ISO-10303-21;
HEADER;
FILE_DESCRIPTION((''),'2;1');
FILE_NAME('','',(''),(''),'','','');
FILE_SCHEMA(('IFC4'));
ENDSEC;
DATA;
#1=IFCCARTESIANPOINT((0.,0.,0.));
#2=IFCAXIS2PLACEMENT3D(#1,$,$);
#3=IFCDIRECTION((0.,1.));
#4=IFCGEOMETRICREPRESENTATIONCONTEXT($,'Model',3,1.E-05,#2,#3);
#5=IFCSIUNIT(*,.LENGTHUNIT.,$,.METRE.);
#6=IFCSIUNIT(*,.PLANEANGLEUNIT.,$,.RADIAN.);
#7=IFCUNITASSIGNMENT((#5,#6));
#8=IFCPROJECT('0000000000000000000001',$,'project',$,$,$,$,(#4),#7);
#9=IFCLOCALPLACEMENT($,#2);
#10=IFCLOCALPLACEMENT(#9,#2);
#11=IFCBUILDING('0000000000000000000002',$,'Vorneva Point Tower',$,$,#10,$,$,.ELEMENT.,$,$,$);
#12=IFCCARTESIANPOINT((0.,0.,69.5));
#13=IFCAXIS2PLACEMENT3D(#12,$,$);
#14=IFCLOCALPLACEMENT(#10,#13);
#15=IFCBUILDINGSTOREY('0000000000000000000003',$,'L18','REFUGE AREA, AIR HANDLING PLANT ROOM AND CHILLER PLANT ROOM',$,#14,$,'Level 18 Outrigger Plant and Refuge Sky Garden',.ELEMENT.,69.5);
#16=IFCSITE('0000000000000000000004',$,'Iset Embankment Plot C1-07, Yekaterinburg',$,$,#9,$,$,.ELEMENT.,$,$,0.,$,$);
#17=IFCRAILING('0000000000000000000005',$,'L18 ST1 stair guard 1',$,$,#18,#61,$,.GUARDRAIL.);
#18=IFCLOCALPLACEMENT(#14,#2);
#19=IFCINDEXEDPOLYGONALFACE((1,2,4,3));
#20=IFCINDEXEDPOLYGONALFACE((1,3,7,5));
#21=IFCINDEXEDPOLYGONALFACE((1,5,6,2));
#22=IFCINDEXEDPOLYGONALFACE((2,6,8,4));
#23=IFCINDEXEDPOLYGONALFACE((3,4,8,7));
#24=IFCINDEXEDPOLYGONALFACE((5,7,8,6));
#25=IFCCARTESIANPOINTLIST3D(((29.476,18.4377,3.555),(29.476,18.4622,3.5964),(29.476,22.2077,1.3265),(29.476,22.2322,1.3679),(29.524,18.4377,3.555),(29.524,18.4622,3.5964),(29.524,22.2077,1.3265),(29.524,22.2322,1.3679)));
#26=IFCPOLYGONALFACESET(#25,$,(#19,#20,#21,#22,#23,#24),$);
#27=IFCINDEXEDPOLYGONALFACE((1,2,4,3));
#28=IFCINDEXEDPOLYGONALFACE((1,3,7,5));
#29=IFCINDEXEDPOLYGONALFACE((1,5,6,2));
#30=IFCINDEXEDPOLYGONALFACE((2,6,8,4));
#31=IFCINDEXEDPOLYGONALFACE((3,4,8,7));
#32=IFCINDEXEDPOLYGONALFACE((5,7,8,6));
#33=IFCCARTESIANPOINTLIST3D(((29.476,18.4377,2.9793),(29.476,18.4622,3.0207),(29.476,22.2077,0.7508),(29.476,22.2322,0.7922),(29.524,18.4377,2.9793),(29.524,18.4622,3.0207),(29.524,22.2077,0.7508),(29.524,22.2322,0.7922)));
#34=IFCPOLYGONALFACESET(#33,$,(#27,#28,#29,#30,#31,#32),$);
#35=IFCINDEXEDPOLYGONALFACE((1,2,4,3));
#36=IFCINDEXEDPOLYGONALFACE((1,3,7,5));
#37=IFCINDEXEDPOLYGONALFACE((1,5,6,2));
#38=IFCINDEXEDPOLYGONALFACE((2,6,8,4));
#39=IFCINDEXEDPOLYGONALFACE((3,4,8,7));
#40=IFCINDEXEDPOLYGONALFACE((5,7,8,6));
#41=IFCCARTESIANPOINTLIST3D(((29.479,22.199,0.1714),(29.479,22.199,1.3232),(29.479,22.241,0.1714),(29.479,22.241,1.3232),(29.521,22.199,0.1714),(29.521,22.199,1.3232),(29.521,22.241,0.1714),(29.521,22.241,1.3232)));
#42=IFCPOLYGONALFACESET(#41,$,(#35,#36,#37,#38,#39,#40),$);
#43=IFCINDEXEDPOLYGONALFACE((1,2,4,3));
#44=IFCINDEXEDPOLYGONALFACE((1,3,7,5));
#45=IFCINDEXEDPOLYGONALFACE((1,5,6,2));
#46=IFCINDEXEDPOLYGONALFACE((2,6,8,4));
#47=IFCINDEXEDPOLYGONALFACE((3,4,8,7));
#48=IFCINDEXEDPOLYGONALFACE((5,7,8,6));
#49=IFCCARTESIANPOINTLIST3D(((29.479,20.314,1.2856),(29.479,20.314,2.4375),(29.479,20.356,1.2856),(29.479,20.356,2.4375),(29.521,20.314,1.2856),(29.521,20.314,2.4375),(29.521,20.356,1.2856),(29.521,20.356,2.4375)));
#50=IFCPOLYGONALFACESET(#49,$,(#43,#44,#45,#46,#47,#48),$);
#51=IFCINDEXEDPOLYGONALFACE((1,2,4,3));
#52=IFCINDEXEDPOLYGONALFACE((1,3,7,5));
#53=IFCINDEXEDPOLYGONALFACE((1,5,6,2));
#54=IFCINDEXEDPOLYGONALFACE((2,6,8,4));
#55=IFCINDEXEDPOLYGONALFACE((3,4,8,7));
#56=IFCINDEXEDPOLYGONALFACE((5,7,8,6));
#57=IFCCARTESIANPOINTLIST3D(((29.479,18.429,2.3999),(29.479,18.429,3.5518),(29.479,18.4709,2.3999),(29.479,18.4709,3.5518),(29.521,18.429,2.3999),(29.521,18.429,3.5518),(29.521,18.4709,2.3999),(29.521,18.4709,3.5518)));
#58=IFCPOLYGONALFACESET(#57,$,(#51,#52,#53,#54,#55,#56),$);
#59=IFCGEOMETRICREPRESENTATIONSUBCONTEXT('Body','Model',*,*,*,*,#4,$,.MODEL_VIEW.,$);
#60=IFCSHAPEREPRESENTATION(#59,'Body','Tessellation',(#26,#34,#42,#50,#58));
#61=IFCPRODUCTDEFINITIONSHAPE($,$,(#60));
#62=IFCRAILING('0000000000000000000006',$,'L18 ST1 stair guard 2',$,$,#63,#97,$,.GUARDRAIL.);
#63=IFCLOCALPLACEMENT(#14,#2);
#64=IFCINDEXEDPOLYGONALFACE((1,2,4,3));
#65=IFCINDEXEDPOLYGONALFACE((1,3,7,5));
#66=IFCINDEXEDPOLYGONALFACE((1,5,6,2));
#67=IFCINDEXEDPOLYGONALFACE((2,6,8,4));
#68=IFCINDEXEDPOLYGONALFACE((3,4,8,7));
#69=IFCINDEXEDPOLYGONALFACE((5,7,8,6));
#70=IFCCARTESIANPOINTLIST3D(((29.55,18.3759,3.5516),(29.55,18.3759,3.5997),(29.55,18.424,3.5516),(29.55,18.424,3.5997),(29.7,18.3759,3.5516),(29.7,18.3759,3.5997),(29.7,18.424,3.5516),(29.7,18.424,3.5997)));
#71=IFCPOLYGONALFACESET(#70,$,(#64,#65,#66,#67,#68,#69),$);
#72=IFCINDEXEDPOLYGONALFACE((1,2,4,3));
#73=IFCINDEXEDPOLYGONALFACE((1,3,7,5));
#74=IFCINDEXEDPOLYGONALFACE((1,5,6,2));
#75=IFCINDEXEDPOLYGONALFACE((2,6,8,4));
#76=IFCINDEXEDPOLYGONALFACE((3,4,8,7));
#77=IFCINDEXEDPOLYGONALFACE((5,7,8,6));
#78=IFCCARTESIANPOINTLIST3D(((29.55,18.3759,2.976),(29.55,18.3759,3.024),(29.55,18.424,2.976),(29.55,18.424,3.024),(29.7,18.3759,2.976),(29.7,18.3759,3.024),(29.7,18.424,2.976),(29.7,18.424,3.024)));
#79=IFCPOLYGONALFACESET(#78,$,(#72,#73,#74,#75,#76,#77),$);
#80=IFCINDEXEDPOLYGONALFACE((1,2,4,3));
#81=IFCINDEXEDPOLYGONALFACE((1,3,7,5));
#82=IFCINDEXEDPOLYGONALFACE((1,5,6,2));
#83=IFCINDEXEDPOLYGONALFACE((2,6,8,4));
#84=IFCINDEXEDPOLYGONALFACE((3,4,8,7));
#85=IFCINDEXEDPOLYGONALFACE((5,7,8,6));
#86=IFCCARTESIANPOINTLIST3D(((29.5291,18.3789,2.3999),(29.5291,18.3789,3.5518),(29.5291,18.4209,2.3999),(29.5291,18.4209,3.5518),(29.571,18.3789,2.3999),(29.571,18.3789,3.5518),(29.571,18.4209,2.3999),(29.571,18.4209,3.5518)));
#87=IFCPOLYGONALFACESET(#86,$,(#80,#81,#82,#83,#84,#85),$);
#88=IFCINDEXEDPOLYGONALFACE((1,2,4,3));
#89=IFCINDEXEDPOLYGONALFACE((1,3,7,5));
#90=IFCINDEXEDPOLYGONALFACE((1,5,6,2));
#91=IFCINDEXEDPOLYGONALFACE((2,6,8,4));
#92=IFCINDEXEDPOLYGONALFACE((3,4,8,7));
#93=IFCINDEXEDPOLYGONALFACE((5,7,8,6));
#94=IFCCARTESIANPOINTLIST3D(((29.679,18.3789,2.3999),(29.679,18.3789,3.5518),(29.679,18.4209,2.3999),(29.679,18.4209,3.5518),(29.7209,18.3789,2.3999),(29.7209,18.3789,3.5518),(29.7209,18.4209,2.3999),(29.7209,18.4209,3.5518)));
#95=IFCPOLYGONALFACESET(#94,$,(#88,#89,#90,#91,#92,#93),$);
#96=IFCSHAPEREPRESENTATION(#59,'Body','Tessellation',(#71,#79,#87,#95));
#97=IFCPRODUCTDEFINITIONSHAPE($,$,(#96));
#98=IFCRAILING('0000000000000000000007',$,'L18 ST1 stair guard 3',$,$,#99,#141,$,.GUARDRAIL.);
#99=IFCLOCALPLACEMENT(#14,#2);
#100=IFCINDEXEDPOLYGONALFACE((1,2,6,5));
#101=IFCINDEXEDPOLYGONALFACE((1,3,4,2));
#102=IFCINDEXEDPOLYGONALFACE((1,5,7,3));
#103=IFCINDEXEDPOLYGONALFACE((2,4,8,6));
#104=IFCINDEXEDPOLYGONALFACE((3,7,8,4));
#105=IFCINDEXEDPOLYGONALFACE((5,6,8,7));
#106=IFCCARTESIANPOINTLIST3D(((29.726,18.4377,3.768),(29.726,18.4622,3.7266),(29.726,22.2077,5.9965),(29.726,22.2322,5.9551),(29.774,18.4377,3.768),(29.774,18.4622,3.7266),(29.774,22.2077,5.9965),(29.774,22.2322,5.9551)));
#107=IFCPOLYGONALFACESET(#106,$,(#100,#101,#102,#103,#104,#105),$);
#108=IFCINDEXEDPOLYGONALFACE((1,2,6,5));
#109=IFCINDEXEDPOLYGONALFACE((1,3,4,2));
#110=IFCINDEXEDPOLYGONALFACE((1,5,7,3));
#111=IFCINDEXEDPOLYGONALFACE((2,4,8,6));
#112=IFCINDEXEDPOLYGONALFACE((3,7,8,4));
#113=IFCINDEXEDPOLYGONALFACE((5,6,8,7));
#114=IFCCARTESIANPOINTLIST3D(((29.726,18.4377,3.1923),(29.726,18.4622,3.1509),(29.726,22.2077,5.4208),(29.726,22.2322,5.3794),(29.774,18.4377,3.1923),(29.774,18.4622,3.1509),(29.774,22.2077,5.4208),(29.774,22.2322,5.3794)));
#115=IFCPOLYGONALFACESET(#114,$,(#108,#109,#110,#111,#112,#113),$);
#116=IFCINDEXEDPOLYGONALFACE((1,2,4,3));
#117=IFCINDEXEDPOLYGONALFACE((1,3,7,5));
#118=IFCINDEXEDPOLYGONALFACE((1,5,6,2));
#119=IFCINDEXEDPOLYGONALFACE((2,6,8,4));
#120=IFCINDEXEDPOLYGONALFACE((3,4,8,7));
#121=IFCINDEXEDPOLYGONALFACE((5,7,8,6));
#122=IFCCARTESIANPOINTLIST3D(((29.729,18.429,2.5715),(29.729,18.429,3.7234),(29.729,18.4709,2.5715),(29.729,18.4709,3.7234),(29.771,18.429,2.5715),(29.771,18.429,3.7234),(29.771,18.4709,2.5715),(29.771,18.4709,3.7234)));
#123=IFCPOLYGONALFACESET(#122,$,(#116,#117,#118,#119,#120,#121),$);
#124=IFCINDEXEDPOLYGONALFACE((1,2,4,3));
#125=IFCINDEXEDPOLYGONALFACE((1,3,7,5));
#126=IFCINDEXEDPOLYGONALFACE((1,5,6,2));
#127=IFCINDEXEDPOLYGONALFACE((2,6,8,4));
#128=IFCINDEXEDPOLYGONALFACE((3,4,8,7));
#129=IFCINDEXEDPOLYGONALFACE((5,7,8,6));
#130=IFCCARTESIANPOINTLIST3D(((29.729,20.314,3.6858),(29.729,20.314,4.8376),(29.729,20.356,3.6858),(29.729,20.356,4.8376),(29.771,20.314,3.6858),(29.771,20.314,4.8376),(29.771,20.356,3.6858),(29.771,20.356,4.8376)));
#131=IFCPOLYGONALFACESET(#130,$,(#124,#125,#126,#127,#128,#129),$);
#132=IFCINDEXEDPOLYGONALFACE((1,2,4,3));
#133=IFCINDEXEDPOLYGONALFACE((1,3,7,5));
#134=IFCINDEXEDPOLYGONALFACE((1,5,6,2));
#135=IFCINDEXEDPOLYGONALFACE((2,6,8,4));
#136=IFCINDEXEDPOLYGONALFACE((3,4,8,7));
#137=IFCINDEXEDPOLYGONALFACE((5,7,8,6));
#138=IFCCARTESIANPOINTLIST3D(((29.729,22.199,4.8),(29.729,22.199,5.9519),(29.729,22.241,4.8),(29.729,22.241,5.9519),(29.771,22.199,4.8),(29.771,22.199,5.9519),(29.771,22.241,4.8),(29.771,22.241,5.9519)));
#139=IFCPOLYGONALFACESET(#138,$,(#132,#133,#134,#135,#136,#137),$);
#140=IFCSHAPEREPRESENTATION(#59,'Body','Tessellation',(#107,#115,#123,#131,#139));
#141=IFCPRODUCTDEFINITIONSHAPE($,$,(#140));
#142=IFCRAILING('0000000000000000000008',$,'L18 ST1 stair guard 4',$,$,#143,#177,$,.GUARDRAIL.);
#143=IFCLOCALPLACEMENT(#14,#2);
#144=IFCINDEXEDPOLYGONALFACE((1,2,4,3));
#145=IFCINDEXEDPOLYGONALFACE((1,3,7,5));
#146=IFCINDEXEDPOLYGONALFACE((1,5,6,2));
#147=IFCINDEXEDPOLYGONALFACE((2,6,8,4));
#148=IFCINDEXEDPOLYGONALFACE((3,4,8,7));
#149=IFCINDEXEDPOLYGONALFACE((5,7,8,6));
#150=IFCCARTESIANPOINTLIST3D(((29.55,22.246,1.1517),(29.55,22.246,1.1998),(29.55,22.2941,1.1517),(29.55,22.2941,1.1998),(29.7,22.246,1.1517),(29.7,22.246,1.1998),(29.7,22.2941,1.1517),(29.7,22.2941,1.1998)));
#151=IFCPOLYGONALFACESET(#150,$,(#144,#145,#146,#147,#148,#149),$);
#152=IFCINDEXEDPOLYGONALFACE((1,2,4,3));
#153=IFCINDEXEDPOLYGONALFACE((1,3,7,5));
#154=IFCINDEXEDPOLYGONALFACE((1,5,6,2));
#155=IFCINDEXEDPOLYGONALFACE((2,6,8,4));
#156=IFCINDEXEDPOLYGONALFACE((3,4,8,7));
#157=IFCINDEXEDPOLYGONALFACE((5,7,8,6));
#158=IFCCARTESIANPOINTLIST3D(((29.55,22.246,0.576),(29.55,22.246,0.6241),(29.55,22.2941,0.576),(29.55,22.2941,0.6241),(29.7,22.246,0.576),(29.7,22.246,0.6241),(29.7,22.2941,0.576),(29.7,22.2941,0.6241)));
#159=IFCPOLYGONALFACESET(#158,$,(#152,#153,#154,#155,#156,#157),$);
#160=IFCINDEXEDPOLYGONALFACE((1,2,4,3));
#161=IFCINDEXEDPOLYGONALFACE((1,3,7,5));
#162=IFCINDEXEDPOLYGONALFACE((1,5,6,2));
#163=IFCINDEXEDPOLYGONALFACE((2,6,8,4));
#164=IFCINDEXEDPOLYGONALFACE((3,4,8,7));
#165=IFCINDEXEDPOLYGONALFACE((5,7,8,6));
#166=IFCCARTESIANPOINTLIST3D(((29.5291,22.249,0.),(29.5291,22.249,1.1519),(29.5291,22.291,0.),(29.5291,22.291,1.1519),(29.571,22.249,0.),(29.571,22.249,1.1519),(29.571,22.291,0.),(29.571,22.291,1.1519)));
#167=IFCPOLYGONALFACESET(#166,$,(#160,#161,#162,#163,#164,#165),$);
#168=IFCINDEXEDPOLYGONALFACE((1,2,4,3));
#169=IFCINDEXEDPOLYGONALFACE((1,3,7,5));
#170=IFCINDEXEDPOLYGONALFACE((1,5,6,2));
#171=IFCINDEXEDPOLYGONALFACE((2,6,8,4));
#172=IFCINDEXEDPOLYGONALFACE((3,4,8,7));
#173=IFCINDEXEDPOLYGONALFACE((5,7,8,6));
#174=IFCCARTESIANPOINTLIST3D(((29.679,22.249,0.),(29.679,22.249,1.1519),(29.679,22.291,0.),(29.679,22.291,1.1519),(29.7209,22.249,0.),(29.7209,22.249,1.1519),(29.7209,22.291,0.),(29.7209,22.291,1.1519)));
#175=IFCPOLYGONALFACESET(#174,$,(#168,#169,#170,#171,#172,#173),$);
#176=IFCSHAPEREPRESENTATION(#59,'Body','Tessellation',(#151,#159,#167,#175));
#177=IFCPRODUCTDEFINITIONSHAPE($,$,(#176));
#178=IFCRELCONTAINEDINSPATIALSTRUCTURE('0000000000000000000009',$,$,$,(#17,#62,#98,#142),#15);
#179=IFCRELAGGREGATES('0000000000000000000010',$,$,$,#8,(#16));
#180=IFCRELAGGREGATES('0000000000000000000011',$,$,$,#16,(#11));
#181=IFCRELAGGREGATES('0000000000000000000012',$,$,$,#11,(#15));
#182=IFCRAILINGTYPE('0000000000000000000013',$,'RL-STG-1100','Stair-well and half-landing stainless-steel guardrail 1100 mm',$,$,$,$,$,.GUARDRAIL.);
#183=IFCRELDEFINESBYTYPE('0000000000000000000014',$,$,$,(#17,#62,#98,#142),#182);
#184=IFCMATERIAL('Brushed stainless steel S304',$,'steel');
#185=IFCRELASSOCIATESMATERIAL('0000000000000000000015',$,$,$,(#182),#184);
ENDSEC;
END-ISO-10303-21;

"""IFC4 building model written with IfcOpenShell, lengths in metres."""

from ifc_helpers import new_model, si_unit, direction, frame, origin, origin_2d, place, context, subcontext, project, spatial, rectangle, extrude, material, type_object, element, save


model = new_model("IFC4")

# Units and contexts
model_context = context("Model", 3, precision=1e-05, world=origin(), true_north=direction((0.0, 1.0)))
body_context = subcontext(model_context, "Body", "Model", "MODEL_VIEW")
ifc_project = project(units=[si_unit("LENGTHUNIT", "METRE"), si_unit("PLANEANGLEUNIT", "RADIAN")], contexts=[model_context])

# Site, building, storey
site_placement = place(None, origin())
site = spatial("IfcSite", under=ifc_project, at=site_placement, Name="Iset Embankment Plot C1-07, Yekaterinburg", CompositionType="ELEMENT", RefElevation=0.0)
building_placement = place(site_placement, origin())
building = spatial("IfcBuilding", under=site, at=building_placement, Name="Vorneva Point Tower", CompositionType="ELEMENT")
storey_placement = place(building_placement, frame((0.0, 0.0, 69.5)))
storey = spatial("IfcBuildingStorey", under=building, at=storey_placement, Name="L18", Description="REFUGE AREA, AIR HANDLING PLANT ROOM AND CHILLER PLANT ROOM", LongName="Level 18 Outrigger Plant and Refuge Sky Garden", CompositionType="ELEMENT", Elevation=69.5)

# Railings
ifc_material_1 = material(Name="Brushed stainless steel S304", Category="steel")
railing_type_1 = type_object("IfcRailingType", Name="RL-STG-1100", Description="Stair-well and half-landing stainless-steel guardrail 1100 mm", PredefinedType="GUARDRAIL", material=ifc_material_1)
railing_1_placement = place(storey_placement, frame((29.5, 22.22, 0.1714)))
element("IfcRailing", 1, at=railing_1_placement, inside=storey, type_object=railing_type_1, Name="L18 ST1 stair guard 1", PredefinedType="GUARDRAIL", context=body_context, shape_type="SweptSolid", body=[
    extrude(rectangle(XDim=0.0481, YDim=0.0481, at=origin_2d()), frame((0.0, 0.0, 1.1758), z_axis=(0.0, -0.860849, 0.508861), x_axis=(1.0, 0.0, 0.0)), (0.0, 0.0, 1.0), 4.3794),
    extrude(rectangle(XDim=0.0481, YDim=0.0481, at=origin_2d()), frame((0.0, 0.0, 0.6001), z_axis=(0.0, -0.860849, 0.508861), x_axis=(1.0, 0.0, 0.0)), (0.0, 0.0, 1.0), 4.3794),
    extrude(rectangle(XDim=0.042, YDim=0.042, at=origin_2d()), origin(), (0.0, 0.0, 1.0), 1.1519),
    extrude(rectangle(XDim=0.042, YDim=0.042, at=origin_2d()), frame((0.0, -1.885, 1.1143)), (0.0, 0.0, 1.0), 1.1519),
    extrude(rectangle(XDim=0.042, YDim=0.042, at=origin_2d()), frame((0.0, -3.77, 2.2285)), (0.0, 0.0, 1.0), 1.1519),
])
railing_2_placement = place(storey_placement, frame((29.55, 18.3999, 2.3999)))
element("IfcRailing", 2, at=railing_2_placement, inside=storey, type_object=railing_type_1, Name="L18 ST1 stair guard 2", PredefinedType="GUARDRAIL", context=body_context, shape_type="SweptSolid", body=[
    extrude(rectangle(XDim=0.0481, YDim=0.0481, at=origin_2d()), frame((0.0, 0.0, 1.1758), z_axis=(1.0, 0.0, 0.0), x_axis=(0.0, 1.0, 0.0)), (0.0, 0.0, 1.0), 0.1499),
    extrude(rectangle(XDim=0.0481, YDim=0.0481, at=origin_2d()), frame((0.0, 0.0, 0.6001), z_axis=(1.0, 0.0, 0.0), x_axis=(0.0, 1.0, 0.0)), (0.0, 0.0, 1.0), 0.1499),
    extrude(rectangle(XDim=0.042, YDim=0.042, at=origin_2d()), origin(), (0.0, 0.0, 1.0), 1.1519),
    extrude(rectangle(XDim=0.042, YDim=0.042, at=origin_2d()), frame((0.1499, 0.0, 0.0)), (0.0, 0.0, 1.0), 1.1519),
])
railing_3_placement = place(storey_placement, frame((29.75, 18.45, 2.5715)))
element("IfcRailing", 3, at=railing_3_placement, inside=storey, type_object=railing_type_1, Name="L18 ST1 stair guard 3", PredefinedType="GUARDRAIL", context=body_context, shape_type="SweptSolid", body=[
    extrude(rectangle(XDim=0.0481, YDim=0.0481, at=origin_2d()), frame((0.0, 0.0, 1.1758), z_axis=(0.0, 0.860849, 0.508861), x_axis=(-1.0, 0.0, 0.0)), (0.0, 0.0, 1.0), 4.3794),
    extrude(rectangle(XDim=0.0481, YDim=0.0481, at=origin_2d()), frame((0.0, 0.0, 0.6001), z_axis=(0.0, 0.860849, 0.508861), x_axis=(-1.0, 0.0, 0.0)), (0.0, 0.0, 1.0), 4.3794),
    extrude(rectangle(XDim=0.042, YDim=0.042, at=origin_2d()), origin(), (0.0, 0.0, 1.0), 1.1519),
    extrude(rectangle(XDim=0.042, YDim=0.042, at=origin_2d()), frame((0.0, 1.885, 1.1143)), (0.0, 0.0, 1.0), 1.1519),
    extrude(rectangle(XDim=0.042, YDim=0.042, at=origin_2d()), frame((0.0, 3.77, 2.2285)), (0.0, 0.0, 1.0), 1.1519),
])
railing_4_placement = place(storey_placement, frame((29.55, 22.27, 0.0)))
element("IfcRailing", 4, at=railing_4_placement, inside=storey, type_object=railing_type_1, Name="L18 ST1 stair guard 4", PredefinedType="GUARDRAIL", context=body_context, shape_type="SweptSolid", body=[
    extrude(rectangle(XDim=0.0481, YDim=0.0481, at=origin_2d()), frame((0.0, 0.0, 1.1758), z_axis=(1.0, 0.0, 0.0), x_axis=(0.0, 1.0, 0.0)), (0.0, 0.0, 1.0), 0.1499),
    extrude(rectangle(XDim=0.0481, YDim=0.0481, at=origin_2d()), frame((0.0, 0.0, 0.6001), z_axis=(1.0, 0.0, 0.0), x_axis=(0.0, 1.0, 0.0)), (0.0, 0.0, 1.0), 0.1499),
    extrude(rectangle(XDim=0.042, YDim=0.042, at=origin_2d()), origin(), (0.0, 0.0, 1.0), 1.1519),
    extrude(rectangle(XDim=0.042, YDim=0.042, at=origin_2d()), frame((0.1499, 0.0, 0.0)), (0.0, 0.0, 1.0), 1.1519),
])

save(model, "model.ifc")
